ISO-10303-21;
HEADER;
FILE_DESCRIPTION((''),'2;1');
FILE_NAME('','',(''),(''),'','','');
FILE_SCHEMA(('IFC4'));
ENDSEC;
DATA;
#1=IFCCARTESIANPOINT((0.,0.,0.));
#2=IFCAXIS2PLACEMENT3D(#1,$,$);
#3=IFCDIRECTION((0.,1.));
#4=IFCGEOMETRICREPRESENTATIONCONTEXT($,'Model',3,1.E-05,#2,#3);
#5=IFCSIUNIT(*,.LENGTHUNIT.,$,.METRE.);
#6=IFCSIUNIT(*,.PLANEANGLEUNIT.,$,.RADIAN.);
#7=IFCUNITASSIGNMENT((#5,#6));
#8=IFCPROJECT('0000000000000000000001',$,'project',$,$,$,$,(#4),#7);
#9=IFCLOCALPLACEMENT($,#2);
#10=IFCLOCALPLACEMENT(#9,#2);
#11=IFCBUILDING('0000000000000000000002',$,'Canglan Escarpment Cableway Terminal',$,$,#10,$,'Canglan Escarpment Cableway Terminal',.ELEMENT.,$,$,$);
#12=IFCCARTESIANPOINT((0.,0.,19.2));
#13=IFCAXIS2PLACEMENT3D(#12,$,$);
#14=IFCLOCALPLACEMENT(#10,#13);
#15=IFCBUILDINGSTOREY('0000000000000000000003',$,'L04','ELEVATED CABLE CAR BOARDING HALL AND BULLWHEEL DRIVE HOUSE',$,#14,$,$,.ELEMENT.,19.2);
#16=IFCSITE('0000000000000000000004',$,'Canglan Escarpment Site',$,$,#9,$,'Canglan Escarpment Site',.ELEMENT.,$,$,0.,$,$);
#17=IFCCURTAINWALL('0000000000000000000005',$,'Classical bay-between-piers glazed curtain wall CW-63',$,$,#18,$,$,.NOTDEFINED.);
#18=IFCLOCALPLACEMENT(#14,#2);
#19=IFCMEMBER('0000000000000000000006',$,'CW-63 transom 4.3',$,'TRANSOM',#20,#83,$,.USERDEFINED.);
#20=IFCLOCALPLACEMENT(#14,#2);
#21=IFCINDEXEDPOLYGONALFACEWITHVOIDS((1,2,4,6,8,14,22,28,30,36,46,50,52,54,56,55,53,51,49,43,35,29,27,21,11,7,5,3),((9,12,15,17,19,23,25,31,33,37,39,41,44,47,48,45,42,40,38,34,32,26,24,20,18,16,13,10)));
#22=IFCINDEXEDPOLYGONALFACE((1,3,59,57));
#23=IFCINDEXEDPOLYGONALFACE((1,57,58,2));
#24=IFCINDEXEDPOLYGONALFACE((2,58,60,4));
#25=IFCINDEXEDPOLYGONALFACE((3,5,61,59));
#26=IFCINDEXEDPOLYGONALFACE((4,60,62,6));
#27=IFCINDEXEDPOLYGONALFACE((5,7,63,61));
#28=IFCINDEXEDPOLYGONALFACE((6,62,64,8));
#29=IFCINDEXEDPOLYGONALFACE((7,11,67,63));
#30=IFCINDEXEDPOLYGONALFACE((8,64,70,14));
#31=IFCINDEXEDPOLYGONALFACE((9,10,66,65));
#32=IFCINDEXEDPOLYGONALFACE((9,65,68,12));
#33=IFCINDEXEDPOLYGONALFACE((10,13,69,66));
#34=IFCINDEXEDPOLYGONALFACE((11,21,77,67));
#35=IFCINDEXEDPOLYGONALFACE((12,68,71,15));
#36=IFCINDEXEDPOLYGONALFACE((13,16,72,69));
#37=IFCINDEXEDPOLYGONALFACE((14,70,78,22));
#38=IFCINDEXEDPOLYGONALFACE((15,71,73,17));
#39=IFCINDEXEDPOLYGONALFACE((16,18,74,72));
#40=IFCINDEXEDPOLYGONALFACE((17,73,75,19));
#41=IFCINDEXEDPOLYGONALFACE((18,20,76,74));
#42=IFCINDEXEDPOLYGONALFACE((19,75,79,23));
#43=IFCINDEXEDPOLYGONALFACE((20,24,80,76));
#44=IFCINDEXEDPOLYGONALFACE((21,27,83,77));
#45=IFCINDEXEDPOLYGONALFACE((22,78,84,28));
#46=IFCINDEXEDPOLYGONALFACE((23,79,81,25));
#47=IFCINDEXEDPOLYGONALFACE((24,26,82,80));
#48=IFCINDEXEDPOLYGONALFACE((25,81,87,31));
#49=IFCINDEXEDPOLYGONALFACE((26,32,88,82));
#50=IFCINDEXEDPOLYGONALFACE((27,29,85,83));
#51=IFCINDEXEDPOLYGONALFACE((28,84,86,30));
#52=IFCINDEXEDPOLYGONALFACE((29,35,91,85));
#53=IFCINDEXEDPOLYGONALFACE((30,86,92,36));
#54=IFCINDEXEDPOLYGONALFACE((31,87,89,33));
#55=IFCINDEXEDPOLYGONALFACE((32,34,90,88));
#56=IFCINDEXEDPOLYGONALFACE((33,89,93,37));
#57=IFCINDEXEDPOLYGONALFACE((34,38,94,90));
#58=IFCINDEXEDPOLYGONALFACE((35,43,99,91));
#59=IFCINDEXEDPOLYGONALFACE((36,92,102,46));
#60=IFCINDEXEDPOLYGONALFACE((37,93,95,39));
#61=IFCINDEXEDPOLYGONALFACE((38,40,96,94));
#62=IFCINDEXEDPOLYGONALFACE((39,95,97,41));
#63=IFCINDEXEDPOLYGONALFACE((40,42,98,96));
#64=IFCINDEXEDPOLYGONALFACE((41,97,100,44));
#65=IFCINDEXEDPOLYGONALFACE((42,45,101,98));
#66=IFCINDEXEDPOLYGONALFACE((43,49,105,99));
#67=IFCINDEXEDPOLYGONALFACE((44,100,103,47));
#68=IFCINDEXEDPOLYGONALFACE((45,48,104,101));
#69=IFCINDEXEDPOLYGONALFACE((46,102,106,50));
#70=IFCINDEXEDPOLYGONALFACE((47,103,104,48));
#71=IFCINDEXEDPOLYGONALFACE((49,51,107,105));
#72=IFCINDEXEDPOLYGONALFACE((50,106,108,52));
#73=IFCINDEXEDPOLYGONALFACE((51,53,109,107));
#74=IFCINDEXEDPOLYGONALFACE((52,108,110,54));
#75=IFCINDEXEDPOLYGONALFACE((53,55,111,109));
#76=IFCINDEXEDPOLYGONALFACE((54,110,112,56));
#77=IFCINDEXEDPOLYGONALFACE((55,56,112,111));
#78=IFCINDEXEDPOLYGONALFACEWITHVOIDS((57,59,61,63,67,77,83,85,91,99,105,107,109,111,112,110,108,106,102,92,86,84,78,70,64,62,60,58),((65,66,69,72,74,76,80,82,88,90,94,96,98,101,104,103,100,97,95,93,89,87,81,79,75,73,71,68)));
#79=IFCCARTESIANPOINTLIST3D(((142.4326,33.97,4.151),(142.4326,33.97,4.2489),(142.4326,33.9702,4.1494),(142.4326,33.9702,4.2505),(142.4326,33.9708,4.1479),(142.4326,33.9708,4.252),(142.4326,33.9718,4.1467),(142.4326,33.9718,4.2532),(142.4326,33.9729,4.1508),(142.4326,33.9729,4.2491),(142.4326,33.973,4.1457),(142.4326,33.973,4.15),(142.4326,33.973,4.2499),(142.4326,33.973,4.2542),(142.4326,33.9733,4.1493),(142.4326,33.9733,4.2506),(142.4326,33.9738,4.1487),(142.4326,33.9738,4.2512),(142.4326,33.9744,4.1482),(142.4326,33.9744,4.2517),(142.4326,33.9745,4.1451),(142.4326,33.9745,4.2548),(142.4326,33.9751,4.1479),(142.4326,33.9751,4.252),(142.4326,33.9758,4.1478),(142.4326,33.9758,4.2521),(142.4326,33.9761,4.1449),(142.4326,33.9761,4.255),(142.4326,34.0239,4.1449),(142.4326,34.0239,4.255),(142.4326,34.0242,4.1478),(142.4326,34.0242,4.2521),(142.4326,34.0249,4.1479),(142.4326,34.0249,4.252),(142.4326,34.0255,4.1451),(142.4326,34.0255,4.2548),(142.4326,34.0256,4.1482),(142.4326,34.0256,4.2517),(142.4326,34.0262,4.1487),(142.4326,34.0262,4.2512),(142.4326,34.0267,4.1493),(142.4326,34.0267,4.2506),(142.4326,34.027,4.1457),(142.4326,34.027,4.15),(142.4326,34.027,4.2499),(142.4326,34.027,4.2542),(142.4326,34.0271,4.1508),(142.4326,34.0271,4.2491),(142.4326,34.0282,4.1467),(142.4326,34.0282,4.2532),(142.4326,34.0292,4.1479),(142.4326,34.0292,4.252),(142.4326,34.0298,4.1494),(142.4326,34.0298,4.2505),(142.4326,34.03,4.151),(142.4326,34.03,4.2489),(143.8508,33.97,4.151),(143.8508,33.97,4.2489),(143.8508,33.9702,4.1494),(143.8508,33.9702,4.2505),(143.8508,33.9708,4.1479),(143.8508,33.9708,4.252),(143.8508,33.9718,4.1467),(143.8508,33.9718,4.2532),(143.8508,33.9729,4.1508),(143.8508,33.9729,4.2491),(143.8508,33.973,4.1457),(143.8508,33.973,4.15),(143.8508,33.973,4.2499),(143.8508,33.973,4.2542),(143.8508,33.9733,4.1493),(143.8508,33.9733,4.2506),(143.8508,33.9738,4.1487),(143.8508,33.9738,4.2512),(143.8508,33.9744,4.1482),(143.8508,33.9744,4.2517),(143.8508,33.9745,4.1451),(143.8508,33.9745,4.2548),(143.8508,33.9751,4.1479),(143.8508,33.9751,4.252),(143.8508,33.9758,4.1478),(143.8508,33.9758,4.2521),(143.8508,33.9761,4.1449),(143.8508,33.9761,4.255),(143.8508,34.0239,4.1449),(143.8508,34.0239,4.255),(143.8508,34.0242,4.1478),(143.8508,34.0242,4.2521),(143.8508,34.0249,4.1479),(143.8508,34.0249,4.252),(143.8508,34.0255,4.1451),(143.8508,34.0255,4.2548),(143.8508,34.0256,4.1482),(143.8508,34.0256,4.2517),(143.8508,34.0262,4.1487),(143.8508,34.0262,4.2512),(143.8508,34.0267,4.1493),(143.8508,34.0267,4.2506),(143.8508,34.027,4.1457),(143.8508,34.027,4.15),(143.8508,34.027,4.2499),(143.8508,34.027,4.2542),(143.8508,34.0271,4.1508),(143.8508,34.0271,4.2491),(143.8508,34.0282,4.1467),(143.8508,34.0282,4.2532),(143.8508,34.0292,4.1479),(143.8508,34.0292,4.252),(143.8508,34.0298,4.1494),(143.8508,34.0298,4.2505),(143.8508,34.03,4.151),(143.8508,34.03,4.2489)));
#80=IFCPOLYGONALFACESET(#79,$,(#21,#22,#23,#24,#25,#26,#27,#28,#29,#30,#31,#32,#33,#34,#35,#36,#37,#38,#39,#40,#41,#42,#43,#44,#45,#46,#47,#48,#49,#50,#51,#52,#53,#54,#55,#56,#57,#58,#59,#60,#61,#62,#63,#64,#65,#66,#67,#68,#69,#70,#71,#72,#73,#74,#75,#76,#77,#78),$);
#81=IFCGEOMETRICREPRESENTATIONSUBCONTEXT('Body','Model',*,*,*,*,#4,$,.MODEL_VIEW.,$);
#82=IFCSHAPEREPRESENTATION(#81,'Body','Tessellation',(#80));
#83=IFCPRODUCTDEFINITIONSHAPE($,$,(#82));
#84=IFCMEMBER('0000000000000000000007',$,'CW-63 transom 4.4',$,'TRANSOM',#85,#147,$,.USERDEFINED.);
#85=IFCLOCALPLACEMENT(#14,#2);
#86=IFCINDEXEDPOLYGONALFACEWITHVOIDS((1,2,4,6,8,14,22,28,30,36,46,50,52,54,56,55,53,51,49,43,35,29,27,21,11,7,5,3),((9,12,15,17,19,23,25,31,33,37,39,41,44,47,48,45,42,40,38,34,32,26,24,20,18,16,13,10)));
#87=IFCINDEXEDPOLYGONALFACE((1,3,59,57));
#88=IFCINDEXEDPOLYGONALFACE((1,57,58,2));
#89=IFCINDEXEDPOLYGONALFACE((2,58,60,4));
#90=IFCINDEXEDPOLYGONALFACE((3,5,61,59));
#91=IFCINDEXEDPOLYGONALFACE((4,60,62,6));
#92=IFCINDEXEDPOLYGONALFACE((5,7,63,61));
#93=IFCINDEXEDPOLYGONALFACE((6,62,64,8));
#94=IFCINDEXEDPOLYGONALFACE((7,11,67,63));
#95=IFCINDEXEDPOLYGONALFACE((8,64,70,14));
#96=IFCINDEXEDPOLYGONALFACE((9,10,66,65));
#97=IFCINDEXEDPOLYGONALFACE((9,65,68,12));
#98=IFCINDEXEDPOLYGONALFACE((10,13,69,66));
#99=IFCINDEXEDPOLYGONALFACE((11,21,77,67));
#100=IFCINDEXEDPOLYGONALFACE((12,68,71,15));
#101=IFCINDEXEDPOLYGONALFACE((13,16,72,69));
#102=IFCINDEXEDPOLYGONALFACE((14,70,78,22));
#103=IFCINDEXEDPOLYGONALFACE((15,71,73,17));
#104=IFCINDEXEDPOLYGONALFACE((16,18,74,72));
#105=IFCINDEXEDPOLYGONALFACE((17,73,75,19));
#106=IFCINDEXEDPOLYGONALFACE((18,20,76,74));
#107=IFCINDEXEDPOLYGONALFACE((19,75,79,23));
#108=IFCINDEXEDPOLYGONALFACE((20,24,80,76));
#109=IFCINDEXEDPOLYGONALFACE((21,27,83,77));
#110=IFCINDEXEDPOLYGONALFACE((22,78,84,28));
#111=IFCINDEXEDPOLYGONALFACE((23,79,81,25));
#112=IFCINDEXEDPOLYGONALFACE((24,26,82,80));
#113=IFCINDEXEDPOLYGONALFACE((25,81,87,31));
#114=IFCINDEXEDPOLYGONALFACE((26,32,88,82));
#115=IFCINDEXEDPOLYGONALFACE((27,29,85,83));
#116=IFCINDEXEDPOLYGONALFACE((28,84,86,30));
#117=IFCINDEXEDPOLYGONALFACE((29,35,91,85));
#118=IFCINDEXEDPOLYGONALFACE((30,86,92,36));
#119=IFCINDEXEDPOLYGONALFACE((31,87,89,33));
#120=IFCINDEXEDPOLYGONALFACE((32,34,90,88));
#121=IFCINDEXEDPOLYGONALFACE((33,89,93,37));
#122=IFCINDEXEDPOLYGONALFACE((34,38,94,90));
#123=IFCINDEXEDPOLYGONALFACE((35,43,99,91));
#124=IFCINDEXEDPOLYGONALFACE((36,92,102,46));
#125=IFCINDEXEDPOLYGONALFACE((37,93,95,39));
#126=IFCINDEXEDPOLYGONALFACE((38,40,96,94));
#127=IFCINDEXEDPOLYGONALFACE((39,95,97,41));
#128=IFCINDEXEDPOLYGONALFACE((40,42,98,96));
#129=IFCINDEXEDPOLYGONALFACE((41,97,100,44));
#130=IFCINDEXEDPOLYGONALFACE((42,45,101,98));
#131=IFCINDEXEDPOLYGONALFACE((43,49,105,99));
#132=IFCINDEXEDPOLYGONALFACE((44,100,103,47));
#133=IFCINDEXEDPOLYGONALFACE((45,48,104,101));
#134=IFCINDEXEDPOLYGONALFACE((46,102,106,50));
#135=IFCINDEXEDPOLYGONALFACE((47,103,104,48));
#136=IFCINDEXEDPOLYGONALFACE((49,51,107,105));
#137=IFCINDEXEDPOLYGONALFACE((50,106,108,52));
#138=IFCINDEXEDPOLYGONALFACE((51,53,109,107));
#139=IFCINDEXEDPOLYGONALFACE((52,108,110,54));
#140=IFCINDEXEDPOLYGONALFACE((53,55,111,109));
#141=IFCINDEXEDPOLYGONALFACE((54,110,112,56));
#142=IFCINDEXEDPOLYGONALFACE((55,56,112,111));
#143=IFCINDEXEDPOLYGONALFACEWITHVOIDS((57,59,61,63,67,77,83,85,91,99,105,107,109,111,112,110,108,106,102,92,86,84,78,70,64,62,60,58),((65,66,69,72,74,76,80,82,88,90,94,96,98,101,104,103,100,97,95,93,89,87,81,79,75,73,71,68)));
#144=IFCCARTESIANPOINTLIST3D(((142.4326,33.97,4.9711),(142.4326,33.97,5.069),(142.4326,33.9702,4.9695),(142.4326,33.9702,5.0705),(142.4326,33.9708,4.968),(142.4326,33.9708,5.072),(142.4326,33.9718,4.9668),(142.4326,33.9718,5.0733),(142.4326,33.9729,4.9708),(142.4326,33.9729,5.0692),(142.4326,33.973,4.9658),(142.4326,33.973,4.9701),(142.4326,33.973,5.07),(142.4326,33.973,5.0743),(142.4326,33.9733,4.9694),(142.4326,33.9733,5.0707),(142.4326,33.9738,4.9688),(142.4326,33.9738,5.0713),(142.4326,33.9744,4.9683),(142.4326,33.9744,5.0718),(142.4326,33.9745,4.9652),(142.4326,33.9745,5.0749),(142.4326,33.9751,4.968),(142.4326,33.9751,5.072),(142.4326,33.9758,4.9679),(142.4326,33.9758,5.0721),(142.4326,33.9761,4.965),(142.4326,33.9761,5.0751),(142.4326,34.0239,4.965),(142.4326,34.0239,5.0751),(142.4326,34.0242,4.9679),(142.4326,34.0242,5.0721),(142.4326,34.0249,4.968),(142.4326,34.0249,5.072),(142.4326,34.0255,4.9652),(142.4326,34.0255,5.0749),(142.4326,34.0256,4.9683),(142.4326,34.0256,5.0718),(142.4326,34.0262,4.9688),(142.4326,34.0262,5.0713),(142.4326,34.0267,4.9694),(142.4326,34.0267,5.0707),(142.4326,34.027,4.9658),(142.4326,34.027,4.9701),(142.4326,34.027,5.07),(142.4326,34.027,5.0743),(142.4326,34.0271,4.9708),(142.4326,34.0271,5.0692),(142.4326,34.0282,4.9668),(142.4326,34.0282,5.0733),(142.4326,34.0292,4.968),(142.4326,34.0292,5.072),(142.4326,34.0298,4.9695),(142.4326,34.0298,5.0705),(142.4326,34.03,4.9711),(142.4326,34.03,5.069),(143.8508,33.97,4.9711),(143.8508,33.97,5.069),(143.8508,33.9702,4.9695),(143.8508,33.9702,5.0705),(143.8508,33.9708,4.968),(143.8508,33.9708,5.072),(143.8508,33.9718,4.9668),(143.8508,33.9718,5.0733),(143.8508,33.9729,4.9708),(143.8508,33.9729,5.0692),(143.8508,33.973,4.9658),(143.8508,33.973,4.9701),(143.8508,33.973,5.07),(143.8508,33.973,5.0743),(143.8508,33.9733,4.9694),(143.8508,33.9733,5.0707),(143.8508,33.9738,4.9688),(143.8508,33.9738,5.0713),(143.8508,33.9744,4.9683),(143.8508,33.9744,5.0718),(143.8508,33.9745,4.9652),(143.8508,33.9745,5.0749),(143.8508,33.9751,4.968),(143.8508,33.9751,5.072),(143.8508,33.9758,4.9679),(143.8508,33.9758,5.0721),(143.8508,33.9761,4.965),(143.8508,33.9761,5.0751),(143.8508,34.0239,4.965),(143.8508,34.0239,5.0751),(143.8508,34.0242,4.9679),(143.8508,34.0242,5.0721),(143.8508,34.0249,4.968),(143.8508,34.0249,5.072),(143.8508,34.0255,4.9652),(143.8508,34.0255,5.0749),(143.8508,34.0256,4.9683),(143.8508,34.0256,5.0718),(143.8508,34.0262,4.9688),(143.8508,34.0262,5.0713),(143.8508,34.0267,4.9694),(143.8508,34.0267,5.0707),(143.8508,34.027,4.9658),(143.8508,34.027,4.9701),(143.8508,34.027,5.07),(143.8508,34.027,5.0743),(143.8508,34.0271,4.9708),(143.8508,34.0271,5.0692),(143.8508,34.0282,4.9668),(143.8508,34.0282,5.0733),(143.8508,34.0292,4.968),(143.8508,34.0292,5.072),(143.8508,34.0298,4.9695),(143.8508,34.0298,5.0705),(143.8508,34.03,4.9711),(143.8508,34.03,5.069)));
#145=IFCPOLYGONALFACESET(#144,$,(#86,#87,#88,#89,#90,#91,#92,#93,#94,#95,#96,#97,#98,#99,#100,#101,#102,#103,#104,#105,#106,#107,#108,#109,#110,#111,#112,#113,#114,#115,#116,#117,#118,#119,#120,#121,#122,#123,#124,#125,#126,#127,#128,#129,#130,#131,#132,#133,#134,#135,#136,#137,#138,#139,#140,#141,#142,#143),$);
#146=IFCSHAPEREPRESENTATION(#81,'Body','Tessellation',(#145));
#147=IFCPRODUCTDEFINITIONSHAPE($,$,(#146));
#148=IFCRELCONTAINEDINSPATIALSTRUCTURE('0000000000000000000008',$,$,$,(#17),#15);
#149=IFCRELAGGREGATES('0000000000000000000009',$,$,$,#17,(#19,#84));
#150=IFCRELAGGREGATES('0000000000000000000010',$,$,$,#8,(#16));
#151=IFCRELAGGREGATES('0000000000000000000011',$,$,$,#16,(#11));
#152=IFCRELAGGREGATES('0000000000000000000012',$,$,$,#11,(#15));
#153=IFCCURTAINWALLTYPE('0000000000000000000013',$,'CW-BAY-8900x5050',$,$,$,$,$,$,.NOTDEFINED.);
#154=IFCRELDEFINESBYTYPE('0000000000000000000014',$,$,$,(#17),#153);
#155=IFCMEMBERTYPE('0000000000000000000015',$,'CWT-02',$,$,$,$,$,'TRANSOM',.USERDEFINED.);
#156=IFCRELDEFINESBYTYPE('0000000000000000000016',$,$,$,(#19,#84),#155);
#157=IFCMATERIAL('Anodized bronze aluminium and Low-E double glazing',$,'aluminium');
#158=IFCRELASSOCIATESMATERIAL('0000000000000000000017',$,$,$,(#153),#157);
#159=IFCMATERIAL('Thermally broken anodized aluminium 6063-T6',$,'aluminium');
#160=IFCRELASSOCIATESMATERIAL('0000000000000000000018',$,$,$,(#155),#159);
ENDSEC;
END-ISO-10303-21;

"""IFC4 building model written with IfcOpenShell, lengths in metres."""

from ifc_helpers import new_model, si_unit, direction, frame, origin, origin_2d, place, context, subcontext, project, spatial, hollow_rectangle, extrude, material, material_profile, profile_set, type_object, element, aggregate, save


model = new_model("IFC4")

# Units and contexts
model_context = context("Model", 3, precision=1e-05, world=origin(), true_north=direction((0.0, 1.0)))
body_context = subcontext(model_context, "Body", "Model", "MODEL_VIEW")
ifc_project = project(units=[si_unit("LENGTHUNIT", "METRE"), si_unit("PLANEANGLEUNIT", "RADIAN")], contexts=[model_context])

# Site, building, storey
site_placement = place(None, origin())
site = spatial("IfcSite", under=ifc_project, at=site_placement, Name="Canglan Escarpment Site", LongName="Canglan Escarpment Site", CompositionType="ELEMENT", RefElevation=0.0)
building_placement = place(site_placement, origin())
building = spatial("IfcBuilding", under=site, at=building_placement, Name="Canglan Escarpment Cableway Terminal", LongName="Canglan Escarpment Cableway Terminal", CompositionType="ELEMENT")
storey_placement = place(building_placement, frame((0.0, 0.0, 19.2)))
storey = spatial("IfcBuildingStorey", under=building, at=storey_placement, Name="L04", Description="ELEVATED CABLE CAR BOARDING HALL AND BULLWHEEL DRIVE HOUSE", CompositionType="ELEMENT", Elevation=19.2)

# Curtain wall
ifc_material_1 = material(Name="Anodized bronze aluminium and Low-E double glazing", Category="aluminium")
ifc_material_2 = material(Name="Thermally broken anodized aluminium 6063-T6", Category="aluminium")
curtain_wall_type_1 = type_object("IfcCurtainWallType", Name="CW-BAY-8900x5050", PredefinedType="NOTDEFINED", material=ifc_material_1)
curtain_wall_1_placement = place(storey_placement, origin())
curtain_wall_1 = element("IfcCurtainWall", 1, at=curtain_wall_1_placement, inside=storey, type_object=curtain_wall_type_1, Name="Classical bay-between-piers glazed curtain wall CW-63", PredefinedType="NOTDEFINED")

# Members
ifc_material_profile_1 = material_profile(ifc_material_2, hollow_rectangle(XDim=0.0601, YDim=0.1101, WallThickness=0.0029, InnerFilletRadius=0.0029, OuterFilletRadius=0.0061, at=origin_2d()), Name="ALU-TRAN 60x110x3")
ifc_profile_set_1 = profile_set([ifc_material_profile_1], Name="Thermally broken anodized aluminium 6063-T6")
member_type_1 = type_object("IfcMemberType", Name="CWT-02", ElementType="TRANSOM", PredefinedType="USERDEFINED", material=ifc_profile_set_1)
member_1_placement = place(storey_placement, frame((142.4326, 34.0, 4.2), z_axis=(1.0, 0.0, 0.0), x_axis=(0.0, 1.0, 0.0)))
member_1 = element("IfcMember", 2, at=member_1_placement, type_object=member_type_1, Name="CW-63 transom 4.3", ObjectType="TRANSOM", PredefinedType="USERDEFINED", context=body_context, shape_type="SweptSolid", body=[
    extrude(hollow_rectangle(XDim=0.0601, YDim=0.1101, WallThickness=0.0029, InnerFilletRadius=0.0029, OuterFilletRadius=0.0061, at=origin_2d()), origin(), (0.0, 0.0, 1.0), 1.4182),
])
member_2_placement = place(storey_placement, frame((142.4326, 34.0, 5.02), z_axis=(1.0, 0.0, 0.0), x_axis=(0.0, 1.0, 0.0)))
member_2 = element("IfcMember", 3, at=member_2_placement, type_object=member_type_1, Name="CW-63 transom 4.4", ObjectType="TRANSOM", PredefinedType="USERDEFINED", context=body_context, shape_type="SweptSolid", body=[
    extrude(hollow_rectangle(XDim=0.0601, YDim=0.1101, WallThickness=0.0029, InnerFilletRadius=0.0029, OuterFilletRadius=0.0061, at=origin_2d()), origin(), (0.0, 0.0, 1.0), 1.4182),
])

aggregate(curtain_wall_1, [member_1, member_2])

save(model, "model.ifc")
